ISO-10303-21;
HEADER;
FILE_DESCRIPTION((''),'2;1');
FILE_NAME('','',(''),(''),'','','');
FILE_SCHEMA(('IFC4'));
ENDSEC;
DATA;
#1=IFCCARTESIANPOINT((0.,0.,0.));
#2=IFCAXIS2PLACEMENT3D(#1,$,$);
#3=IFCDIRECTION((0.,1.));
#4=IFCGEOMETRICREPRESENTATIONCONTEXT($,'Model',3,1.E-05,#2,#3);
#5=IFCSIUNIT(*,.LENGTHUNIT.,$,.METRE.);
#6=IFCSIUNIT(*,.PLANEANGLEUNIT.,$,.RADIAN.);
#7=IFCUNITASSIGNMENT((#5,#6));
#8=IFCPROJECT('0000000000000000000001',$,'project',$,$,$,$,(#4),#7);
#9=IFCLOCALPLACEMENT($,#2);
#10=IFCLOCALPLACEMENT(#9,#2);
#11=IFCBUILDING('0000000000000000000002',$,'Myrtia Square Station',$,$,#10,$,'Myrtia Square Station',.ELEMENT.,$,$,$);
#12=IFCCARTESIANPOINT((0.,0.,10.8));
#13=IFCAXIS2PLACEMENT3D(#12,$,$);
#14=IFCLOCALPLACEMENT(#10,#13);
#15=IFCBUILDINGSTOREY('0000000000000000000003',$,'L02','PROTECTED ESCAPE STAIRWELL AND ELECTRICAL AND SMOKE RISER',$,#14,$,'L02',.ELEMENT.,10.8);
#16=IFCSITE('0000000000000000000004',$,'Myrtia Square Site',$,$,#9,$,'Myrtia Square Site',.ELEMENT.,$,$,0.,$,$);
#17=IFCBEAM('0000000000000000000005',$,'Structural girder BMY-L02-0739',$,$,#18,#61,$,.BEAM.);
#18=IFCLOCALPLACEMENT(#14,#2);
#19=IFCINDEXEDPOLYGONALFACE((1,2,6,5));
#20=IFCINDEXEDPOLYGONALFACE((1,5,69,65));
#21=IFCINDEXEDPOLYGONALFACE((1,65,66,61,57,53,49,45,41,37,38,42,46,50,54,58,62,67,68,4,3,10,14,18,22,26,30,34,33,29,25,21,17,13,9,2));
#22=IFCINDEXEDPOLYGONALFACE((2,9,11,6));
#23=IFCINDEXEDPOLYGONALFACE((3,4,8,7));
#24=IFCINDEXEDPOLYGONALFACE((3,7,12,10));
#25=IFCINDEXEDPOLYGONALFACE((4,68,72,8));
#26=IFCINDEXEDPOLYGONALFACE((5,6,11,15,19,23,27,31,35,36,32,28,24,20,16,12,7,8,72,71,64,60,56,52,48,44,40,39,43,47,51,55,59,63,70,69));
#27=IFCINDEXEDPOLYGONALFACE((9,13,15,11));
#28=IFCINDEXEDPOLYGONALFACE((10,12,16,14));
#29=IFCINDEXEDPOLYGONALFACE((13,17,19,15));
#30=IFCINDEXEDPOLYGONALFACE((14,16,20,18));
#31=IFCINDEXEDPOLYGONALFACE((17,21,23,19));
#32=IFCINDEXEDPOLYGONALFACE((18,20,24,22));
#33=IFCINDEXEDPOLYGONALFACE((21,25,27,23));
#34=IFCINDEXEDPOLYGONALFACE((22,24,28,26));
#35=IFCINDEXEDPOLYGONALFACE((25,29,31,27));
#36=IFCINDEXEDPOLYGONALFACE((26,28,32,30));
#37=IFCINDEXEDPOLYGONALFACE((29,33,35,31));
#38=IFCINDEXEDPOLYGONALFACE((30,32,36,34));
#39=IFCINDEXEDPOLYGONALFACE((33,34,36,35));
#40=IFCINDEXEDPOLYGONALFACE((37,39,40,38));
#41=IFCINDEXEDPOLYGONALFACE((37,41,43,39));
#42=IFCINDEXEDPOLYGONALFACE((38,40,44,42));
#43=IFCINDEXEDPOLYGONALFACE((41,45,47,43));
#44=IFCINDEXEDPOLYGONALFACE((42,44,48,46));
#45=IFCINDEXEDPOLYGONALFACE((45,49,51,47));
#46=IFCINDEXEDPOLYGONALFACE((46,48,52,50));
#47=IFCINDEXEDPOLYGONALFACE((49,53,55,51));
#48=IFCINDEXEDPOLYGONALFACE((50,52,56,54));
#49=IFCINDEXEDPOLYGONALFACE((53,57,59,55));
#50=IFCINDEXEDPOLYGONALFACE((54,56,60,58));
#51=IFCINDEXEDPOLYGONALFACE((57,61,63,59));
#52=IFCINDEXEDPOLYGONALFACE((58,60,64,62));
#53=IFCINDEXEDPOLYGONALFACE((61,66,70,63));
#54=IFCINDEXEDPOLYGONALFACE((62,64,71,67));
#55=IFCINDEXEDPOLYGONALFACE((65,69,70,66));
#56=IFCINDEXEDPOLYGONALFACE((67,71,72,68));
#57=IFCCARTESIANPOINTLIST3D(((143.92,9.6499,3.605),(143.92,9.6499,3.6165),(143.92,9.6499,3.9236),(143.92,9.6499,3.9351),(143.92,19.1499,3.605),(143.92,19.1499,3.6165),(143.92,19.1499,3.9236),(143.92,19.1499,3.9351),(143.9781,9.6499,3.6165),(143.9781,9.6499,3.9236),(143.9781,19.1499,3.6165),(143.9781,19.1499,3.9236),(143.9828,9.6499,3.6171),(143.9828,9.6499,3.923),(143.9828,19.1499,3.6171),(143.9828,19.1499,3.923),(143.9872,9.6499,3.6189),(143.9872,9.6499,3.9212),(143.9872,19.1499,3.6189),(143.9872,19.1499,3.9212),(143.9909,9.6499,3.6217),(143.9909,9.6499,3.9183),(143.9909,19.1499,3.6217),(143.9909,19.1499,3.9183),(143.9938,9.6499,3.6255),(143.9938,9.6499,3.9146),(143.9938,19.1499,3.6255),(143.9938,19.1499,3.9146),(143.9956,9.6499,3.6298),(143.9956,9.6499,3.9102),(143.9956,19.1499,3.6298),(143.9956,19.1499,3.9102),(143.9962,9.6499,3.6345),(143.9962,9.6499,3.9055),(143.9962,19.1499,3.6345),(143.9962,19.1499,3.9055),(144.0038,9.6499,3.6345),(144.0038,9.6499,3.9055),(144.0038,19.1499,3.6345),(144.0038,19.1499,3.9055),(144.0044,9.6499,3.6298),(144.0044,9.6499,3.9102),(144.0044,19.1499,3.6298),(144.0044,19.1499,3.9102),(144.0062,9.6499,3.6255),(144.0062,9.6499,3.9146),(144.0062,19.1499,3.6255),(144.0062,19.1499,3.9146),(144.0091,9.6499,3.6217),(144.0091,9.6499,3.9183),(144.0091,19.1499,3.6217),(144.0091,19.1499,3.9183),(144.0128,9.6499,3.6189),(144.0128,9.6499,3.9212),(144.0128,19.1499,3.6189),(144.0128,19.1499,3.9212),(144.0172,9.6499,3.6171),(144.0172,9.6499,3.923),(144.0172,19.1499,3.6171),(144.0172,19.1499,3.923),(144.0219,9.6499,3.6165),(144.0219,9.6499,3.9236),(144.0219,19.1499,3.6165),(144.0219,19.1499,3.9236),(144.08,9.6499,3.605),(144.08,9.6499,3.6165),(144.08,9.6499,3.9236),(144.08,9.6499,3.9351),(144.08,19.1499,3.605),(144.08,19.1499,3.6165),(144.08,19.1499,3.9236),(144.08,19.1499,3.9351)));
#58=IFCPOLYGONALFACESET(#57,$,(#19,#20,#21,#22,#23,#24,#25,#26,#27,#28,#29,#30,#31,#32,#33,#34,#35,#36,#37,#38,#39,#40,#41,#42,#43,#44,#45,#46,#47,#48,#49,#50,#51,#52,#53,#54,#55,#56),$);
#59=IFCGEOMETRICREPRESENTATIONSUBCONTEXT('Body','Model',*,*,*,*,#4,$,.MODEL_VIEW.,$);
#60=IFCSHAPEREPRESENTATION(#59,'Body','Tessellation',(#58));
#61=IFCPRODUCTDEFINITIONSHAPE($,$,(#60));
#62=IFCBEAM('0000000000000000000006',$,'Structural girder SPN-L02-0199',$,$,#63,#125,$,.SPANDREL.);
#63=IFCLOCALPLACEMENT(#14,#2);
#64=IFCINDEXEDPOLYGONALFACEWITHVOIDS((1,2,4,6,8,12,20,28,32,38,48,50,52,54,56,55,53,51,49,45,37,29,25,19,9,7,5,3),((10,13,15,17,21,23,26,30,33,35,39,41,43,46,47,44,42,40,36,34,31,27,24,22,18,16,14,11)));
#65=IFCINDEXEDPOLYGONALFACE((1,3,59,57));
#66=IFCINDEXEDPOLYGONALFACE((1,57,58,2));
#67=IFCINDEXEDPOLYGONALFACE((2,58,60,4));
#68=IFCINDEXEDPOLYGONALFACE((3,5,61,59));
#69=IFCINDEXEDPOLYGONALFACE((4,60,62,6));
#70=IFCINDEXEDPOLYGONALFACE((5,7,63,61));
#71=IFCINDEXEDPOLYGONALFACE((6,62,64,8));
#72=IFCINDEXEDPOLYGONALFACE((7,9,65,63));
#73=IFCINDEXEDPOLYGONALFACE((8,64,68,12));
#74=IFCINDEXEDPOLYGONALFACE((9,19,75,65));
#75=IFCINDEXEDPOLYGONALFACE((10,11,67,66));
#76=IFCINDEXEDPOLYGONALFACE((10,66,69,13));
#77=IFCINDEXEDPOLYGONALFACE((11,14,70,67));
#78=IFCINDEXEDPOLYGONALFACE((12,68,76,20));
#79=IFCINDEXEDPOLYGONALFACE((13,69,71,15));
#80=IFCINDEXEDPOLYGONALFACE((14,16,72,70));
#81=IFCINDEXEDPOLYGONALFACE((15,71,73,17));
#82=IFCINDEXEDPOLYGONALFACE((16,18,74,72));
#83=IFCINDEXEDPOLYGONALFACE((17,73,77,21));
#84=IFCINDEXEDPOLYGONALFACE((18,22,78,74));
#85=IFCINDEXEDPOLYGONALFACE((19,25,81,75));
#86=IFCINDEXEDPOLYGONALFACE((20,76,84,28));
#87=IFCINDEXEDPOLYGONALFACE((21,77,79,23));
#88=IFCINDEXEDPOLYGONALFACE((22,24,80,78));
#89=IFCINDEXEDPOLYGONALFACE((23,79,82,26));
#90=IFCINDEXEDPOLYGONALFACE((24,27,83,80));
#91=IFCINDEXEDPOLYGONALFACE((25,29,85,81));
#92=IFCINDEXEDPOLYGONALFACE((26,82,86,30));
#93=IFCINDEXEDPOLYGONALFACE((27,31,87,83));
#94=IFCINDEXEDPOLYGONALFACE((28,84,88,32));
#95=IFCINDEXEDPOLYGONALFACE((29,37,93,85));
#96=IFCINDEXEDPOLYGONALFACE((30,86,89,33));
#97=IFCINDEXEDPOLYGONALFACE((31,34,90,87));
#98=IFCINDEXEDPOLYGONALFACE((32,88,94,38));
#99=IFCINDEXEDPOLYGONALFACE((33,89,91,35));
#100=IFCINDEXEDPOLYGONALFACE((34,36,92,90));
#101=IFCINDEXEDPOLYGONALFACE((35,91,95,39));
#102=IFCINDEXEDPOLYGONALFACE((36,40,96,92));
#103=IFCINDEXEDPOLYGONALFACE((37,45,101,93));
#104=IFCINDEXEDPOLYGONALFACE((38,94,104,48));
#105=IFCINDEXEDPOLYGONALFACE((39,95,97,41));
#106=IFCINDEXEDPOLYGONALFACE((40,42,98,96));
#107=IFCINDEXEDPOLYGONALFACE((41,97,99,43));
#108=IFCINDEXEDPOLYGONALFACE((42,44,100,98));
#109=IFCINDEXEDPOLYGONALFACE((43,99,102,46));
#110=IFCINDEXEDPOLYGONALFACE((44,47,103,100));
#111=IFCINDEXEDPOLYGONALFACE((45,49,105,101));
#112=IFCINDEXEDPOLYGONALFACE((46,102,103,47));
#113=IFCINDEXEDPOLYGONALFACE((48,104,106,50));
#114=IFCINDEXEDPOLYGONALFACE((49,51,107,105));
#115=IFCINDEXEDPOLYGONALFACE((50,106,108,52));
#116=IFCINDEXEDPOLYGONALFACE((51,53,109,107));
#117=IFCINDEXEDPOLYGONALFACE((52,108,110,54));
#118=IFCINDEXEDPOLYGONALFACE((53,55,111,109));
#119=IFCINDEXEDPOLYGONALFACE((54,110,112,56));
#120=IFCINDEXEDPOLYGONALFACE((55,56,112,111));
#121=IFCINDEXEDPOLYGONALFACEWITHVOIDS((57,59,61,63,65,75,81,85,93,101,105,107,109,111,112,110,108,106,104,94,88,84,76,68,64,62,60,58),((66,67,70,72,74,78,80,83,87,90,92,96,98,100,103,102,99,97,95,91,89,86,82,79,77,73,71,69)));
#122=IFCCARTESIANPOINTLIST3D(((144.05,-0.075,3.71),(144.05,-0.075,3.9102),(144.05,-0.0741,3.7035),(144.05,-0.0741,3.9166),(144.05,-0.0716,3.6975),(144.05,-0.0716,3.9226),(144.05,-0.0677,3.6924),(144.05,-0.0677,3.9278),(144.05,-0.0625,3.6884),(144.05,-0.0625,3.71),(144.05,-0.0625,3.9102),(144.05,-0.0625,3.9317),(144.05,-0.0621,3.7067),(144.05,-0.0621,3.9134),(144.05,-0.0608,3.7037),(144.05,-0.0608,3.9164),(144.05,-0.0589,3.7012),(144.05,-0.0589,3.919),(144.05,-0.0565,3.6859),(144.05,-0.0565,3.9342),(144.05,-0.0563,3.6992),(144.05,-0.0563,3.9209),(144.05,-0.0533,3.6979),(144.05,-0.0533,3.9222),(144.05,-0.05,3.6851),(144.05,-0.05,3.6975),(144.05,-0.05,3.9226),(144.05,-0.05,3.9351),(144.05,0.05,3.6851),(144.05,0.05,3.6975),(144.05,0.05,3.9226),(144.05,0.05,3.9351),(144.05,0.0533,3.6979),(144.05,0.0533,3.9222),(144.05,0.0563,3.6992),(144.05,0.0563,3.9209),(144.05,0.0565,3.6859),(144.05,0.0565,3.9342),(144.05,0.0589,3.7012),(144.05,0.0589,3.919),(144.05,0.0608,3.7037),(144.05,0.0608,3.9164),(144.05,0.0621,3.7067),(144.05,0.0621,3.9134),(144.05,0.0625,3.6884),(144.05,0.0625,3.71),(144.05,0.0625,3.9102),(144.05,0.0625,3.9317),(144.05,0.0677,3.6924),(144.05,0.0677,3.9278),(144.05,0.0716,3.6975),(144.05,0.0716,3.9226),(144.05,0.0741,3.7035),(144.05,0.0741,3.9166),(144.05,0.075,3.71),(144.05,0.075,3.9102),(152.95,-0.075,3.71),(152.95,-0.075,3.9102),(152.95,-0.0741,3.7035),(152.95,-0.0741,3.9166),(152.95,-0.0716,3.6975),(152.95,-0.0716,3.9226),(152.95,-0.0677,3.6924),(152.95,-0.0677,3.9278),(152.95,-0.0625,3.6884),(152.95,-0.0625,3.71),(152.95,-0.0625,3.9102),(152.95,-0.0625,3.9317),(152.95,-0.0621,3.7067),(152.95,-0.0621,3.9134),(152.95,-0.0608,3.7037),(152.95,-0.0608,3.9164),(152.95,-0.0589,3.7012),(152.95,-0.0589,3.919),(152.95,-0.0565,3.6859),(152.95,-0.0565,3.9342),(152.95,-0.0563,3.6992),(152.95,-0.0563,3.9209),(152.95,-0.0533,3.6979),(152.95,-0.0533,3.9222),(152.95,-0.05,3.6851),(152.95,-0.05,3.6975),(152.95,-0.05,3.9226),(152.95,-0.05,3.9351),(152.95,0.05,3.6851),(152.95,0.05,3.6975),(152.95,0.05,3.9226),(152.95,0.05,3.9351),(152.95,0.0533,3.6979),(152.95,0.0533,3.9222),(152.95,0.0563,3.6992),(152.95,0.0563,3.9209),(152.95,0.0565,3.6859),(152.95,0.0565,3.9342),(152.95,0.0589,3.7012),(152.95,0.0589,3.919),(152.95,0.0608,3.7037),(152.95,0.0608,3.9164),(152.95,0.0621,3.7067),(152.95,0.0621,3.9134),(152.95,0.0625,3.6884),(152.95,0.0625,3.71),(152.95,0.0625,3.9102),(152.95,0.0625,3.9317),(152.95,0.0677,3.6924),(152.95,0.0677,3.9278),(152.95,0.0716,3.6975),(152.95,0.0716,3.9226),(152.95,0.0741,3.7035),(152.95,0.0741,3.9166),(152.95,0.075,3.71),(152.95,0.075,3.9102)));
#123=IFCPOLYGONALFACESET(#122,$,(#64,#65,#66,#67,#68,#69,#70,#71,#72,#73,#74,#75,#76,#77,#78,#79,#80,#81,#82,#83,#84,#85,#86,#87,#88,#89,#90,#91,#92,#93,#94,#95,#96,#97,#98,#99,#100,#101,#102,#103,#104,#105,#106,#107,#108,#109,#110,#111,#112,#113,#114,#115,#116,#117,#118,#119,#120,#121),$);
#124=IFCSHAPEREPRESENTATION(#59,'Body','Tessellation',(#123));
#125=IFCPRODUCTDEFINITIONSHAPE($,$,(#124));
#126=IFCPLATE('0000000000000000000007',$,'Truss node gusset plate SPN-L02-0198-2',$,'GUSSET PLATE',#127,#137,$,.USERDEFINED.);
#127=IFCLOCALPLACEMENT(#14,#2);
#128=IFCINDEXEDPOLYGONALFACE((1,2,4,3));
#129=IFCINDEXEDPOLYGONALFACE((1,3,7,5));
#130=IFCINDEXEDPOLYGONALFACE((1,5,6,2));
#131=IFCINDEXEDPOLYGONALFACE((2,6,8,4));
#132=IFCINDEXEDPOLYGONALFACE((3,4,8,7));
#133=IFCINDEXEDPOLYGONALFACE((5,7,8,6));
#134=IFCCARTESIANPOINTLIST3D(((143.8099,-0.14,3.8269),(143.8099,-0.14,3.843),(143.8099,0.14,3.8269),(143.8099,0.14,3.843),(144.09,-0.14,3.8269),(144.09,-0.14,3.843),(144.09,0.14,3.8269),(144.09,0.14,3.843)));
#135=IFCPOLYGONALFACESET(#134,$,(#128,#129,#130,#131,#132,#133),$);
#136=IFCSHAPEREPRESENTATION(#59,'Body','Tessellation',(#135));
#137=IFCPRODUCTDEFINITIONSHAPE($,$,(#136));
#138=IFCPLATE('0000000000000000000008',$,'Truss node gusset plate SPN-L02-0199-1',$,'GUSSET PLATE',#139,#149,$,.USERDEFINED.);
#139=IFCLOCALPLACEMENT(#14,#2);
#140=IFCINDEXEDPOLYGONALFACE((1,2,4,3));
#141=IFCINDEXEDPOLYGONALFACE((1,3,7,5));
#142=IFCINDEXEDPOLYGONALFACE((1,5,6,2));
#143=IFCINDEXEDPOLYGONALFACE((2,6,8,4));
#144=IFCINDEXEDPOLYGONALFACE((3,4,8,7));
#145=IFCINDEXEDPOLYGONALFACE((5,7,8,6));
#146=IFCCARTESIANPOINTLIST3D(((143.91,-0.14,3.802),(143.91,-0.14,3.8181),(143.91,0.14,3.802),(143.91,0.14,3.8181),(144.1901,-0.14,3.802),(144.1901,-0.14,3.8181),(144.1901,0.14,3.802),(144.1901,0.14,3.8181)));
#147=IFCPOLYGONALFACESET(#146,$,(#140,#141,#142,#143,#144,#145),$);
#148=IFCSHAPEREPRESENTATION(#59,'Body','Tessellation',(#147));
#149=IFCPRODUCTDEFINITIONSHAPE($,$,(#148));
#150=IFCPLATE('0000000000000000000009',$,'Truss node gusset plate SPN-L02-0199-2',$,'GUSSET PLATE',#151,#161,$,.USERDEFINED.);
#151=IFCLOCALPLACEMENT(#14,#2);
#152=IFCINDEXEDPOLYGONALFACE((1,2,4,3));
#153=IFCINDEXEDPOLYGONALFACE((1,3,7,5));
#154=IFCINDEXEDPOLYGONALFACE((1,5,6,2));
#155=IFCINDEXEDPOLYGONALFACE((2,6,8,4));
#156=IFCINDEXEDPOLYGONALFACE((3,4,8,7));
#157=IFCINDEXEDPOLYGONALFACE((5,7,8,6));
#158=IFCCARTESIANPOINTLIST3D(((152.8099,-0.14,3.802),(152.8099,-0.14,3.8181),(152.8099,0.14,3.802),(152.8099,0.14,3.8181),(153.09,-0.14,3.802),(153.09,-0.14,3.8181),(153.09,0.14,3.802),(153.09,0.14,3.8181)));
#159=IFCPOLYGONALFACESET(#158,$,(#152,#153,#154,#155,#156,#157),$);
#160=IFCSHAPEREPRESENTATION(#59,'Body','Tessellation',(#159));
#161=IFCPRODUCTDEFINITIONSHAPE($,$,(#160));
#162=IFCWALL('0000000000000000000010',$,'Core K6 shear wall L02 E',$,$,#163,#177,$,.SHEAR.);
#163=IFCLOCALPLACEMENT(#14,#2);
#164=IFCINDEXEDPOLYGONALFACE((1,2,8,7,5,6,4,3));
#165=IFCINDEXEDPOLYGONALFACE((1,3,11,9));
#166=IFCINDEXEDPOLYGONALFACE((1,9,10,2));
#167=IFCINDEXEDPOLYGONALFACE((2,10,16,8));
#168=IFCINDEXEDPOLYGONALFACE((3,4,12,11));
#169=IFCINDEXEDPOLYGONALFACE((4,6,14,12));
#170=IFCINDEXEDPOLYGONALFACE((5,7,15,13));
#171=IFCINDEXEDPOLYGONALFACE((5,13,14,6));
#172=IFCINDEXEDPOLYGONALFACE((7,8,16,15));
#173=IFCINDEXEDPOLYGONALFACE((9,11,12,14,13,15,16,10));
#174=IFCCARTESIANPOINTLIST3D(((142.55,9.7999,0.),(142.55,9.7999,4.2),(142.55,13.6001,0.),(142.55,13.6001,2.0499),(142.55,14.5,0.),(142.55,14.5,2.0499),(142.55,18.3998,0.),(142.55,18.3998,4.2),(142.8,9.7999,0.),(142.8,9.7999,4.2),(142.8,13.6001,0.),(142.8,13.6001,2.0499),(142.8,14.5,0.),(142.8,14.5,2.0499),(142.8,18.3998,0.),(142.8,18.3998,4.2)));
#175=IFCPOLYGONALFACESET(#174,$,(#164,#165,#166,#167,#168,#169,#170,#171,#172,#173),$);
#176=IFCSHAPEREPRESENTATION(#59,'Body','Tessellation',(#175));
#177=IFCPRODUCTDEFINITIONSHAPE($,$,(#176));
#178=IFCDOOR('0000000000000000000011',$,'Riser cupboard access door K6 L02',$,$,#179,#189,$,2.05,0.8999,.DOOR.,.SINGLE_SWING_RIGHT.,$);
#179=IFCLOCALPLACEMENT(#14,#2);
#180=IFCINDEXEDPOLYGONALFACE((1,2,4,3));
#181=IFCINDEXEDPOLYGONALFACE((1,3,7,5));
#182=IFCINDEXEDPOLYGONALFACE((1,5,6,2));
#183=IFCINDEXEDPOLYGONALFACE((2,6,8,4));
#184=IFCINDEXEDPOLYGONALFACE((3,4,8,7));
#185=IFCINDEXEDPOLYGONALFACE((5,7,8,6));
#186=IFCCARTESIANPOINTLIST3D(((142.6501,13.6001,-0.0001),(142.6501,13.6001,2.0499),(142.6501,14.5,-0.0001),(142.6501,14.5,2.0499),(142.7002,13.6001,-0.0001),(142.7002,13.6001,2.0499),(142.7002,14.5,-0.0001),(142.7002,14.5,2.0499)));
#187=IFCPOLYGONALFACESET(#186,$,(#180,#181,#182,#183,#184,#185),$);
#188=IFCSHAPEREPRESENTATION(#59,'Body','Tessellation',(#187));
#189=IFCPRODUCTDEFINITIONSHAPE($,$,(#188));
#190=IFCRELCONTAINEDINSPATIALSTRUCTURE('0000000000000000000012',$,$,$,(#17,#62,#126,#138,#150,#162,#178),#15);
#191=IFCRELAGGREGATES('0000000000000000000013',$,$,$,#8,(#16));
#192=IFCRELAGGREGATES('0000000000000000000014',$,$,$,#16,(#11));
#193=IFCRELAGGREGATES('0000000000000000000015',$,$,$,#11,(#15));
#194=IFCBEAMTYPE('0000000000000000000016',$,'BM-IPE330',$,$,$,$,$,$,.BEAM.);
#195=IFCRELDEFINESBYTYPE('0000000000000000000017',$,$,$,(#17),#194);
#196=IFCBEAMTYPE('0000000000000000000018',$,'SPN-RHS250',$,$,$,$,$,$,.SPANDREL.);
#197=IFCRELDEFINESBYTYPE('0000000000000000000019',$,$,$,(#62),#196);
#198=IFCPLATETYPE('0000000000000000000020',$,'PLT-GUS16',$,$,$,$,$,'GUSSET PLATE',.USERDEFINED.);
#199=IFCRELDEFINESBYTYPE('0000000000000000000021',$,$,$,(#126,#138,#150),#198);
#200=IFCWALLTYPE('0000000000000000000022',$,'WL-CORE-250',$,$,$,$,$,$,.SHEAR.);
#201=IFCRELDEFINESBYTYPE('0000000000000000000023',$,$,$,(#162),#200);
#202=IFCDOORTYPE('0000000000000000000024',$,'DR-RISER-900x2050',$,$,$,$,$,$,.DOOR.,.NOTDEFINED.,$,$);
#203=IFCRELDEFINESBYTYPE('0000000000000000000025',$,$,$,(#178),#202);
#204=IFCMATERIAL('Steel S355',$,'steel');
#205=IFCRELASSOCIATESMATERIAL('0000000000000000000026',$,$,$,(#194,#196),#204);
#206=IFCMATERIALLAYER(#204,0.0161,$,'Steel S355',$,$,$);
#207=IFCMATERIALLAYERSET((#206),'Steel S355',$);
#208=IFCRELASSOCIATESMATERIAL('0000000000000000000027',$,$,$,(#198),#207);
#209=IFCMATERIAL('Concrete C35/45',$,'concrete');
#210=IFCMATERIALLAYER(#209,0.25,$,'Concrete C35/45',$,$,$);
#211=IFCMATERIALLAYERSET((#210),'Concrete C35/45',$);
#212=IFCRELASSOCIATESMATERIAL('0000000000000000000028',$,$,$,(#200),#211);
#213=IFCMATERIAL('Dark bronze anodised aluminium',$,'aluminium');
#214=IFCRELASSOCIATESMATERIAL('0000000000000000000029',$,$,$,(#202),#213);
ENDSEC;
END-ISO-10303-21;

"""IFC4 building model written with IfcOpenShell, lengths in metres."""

from ifc_helpers import new_model, si_unit, direction, frame, frame_2d, origin, origin_2d, place, context, subcontext, project, spatial, rectangle, hollow_rectangle, i_section, extrude, material, layer, layer_set, material_profile, profile_set, type_object, element, fill, save


model = new_model("IFC4")

# Units and contexts
model_context = context("Model", 3, precision=1e-05, world=origin(), true_north=direction((0.0, 1.0)))
body_context = subcontext(model_context, "Body", "Model", "MODEL_VIEW")
ifc_project = project(units=[si_unit("LENGTHUNIT", "METRE"), si_unit("PLANEANGLEUNIT", "RADIAN")], contexts=[model_context])

# Site, building, storey
site_placement = place(None, origin())
site = spatial("IfcSite", under=ifc_project, at=site_placement, Name="Myrtia Square Site", LongName="Myrtia Square Site", CompositionType="ELEMENT", RefElevation=0.0)
building_placement = place(site_placement, origin())
building = spatial("IfcBuilding", under=site, at=building_placement, Name="Myrtia Square Station", LongName="Myrtia Square Station", CompositionType="ELEMENT")
storey_placement = place(building_placement, frame((0.0, 0.0, 10.8)))
storey = spatial("IfcBuildingStorey", under=building, at=storey_placement, Name="L02", Description="PROTECTED ESCAPE STAIRWELL AND ELECTRICAL AND SMOKE RISER", LongName="L02", CompositionType="ELEMENT", Elevation=10.8)

# Shared definitions
ifc_material_1 = material(Name="Steel S355", Category="steel")

# Beams
ifc_material_profile_1 = material_profile(ifc_material_1, i_section(OverallWidth=0.1599, OverallDepth=0.3301, WebThickness=0.0076, FlangeThickness=0.0115, FilletRadius=0.0181, at=origin_2d()), Name="IPE 330")
ifc_profile_set_1 = profile_set([ifc_material_profile_1], Name="Steel S355")
beam_type_1 = type_object("IfcBeamType", Name="BM-IPE330", PredefinedType="BEAM", material=ifc_profile_set_1)
for number, where, z_axis, x_axis, name in (
    (1, (144.0, 9.6499, 3.77), (0.0, 1.0, 0.0), (-1.0, 0.0, 0.0), "Structural girder BMY-L02-0739"),
):
    element("IfcBeam", number, at=place(storey_placement, frame(where, z_axis=z_axis, x_axis=x_axis)), inside=storey, type_object=beam_type_1, Name=name, PredefinedType="BEAM", context=body_context, shape_type="SweptSolid", body=[
        extrude(i_section(OverallWidth=0.1599, OverallDepth=0.3301, WebThickness=0.0076, FlangeThickness=0.0115, FilletRadius=0.0181, at=origin_2d()), origin(), (0.0, 0.0, 1.0), 9.5),
    ])
ifc_material_profile_2 = material_profile(ifc_material_1, hollow_rectangle(XDim=0.1499, YDim=0.25, WallThickness=0.0125, InnerFilletRadius=0.0125, OuterFilletRadius=0.0249, at=origin_2d()), Name="RHS 250x150x12.5")
ifc_profile_set_2 = profile_set([ifc_material_profile_2], Name="Steel S355")
beam_type_2 = type_object("IfcBeamType", Name="SPN-RHS250", PredefinedType="SPANDREL", material=ifc_profile_set_2)
beam_1_placement = place(storey_placement, frame((144.05, 0.0, 3.8101), z_axis=(1.0, 0.0, 0.0), x_axis=(0.0, 1.0, 0.0)))
element("IfcBeam", 2, at=beam_1_placement, inside=storey, type_object=beam_type_2, Name="Structural girder SPN-L02-0199", PredefinedType="SPANDREL", context=body_context, shape_type="SweptSolid", body=[
    extrude(hollow_rectangle(XDim=0.1499, YDim=0.25, WallThickness=0.0125, InnerFilletRadius=0.0125, OuterFilletRadius=0.0249, at=origin_2d()), origin(), (0.0, 0.0, 1.0), 8.8999),
])

# Plates
ifc_layer_1 = layer(ifc_material_1, 0.0161, Name="Steel S355")
ifc_layer_set_1 = layer_set([ifc_layer_1], Name="Steel S355")
plate_type = type_object("IfcPlateType", Name="PLT-GUS16", ElementType="GUSSET PLATE", PredefinedType="USERDEFINED", material=ifc_layer_set_1)
for number, where, z_axis, x_axis, name in (
    (3, (143.95, 0.0, 3.8269), (0.0, 0.0, 1.0), (1.0, 0.0, 0.0), "Truss node gusset plate SPN-L02-0198-2"),
    (4, (144.05, 0.0, 3.802), (0.0, 0.0, 1.0), (1.0, 0.0, 0.0), "Truss node gusset plate SPN-L02-0199-1"),
    (5, (152.95, 0.0, 3.802), (0.0, 0.0, 1.0), (1.0, 0.0, 0.0), "Truss node gusset plate SPN-L02-0199-2"),
):
    element("IfcPlate", number, at=place(storey_placement, frame(where, z_axis=z_axis, x_axis=x_axis)), inside=storey, type_object=plate_type, Name=name, ObjectType="GUSSET PLATE", PredefinedType="USERDEFINED", context=body_context, shape_type="SweptSolid", body=[
        extrude(rectangle(XDim=0.28, YDim=0.28, at=origin_2d()), origin(), (0.0, 0.0, 1.0), 0.0161),
    ])

# Wall, opening, door
ifc_material_2 = material(Name="Concrete C35/45", Category="concrete")
ifc_layer_2 = layer(ifc_material_2, 0.25, Name="Concrete C35/45")
ifc_layer_set_2 = layer_set([ifc_layer_2], Name="Concrete C35/45")
wall_type_1 = type_object("IfcWallType", Name="WL-CORE-250", PredefinedType="SHEAR", material=ifc_layer_set_2)
wall_1_placement = place(storey_placement, frame((142.675, 9.8, 0.0), z_axis=(0.0, 0.0, 1.0), x_axis=(0.0, 1.0, 0.0)))
wall_1 = element("IfcWall", 6, at=wall_1_placement, inside=storey, type_object=wall_type_1, Name="Core K6 shear wall L02 E", PredefinedType="SHEAR", context=body_context, shape_type="SweptSolid", body=[
    extrude(rectangle(XDim=8.5999, YDim=0.25, at=frame_2d((4.2998, 0.0))), origin(), (0.0, 0.0, 1.0), 4.2),
])
opening_1_placement = place(wall_1_placement, frame((3.8, 0.0, 0.0)))
opening_1 = element("IfcOpeningElement", 7, at=opening_1_placement, cuts=wall_1, PredefinedType="OPENING", context=body_context, shape_type="SweptSolid", body=[
    extrude(rectangle(XDim=0.8999, YDim=2.05, at=frame_2d((0.45, 1.0249))), frame((0.0, 0.1399, 0.0), z_axis=(0.0, -1.0, 0.0), x_axis=(1.0, 0.0, 0.0)), (0.0, 0.0, 1.0), 0.28),
])
ifc_material_3 = material(Name="Dark bronze anodised aluminium", Category="aluminium")
door_type_1 = type_object("IfcDoorType", Name="DR-RISER-900x2050", OperationType="NOTDEFINED", PredefinedType="DOOR", material=ifc_material_3)
door_1_placement = place(opening_1_placement, origin())
door_1 = element("IfcDoor", 8, at=door_1_placement, inside=storey, type_object=door_type_1, Name="Riser cupboard access door K6 L02", OperationType="SINGLE_SWING_RIGHT", OverallHeight=2.05, OverallWidth=0.8999, PredefinedType="DOOR", context=body_context, shape_type="SweptSolid", body=[
    extrude(rectangle(XDim=0.8999, YDim=2.05, at=frame_2d((0.45, 1.0249))), frame((0.0, 0.0249, 0.0), z_axis=(0.0, -1.0, 0.0), x_axis=(1.0, 0.0, 0.0)), (0.0, 0.0, 1.0), 0.05),
])
fill(opening_1, door_1)

save(model, "model.ifc")
